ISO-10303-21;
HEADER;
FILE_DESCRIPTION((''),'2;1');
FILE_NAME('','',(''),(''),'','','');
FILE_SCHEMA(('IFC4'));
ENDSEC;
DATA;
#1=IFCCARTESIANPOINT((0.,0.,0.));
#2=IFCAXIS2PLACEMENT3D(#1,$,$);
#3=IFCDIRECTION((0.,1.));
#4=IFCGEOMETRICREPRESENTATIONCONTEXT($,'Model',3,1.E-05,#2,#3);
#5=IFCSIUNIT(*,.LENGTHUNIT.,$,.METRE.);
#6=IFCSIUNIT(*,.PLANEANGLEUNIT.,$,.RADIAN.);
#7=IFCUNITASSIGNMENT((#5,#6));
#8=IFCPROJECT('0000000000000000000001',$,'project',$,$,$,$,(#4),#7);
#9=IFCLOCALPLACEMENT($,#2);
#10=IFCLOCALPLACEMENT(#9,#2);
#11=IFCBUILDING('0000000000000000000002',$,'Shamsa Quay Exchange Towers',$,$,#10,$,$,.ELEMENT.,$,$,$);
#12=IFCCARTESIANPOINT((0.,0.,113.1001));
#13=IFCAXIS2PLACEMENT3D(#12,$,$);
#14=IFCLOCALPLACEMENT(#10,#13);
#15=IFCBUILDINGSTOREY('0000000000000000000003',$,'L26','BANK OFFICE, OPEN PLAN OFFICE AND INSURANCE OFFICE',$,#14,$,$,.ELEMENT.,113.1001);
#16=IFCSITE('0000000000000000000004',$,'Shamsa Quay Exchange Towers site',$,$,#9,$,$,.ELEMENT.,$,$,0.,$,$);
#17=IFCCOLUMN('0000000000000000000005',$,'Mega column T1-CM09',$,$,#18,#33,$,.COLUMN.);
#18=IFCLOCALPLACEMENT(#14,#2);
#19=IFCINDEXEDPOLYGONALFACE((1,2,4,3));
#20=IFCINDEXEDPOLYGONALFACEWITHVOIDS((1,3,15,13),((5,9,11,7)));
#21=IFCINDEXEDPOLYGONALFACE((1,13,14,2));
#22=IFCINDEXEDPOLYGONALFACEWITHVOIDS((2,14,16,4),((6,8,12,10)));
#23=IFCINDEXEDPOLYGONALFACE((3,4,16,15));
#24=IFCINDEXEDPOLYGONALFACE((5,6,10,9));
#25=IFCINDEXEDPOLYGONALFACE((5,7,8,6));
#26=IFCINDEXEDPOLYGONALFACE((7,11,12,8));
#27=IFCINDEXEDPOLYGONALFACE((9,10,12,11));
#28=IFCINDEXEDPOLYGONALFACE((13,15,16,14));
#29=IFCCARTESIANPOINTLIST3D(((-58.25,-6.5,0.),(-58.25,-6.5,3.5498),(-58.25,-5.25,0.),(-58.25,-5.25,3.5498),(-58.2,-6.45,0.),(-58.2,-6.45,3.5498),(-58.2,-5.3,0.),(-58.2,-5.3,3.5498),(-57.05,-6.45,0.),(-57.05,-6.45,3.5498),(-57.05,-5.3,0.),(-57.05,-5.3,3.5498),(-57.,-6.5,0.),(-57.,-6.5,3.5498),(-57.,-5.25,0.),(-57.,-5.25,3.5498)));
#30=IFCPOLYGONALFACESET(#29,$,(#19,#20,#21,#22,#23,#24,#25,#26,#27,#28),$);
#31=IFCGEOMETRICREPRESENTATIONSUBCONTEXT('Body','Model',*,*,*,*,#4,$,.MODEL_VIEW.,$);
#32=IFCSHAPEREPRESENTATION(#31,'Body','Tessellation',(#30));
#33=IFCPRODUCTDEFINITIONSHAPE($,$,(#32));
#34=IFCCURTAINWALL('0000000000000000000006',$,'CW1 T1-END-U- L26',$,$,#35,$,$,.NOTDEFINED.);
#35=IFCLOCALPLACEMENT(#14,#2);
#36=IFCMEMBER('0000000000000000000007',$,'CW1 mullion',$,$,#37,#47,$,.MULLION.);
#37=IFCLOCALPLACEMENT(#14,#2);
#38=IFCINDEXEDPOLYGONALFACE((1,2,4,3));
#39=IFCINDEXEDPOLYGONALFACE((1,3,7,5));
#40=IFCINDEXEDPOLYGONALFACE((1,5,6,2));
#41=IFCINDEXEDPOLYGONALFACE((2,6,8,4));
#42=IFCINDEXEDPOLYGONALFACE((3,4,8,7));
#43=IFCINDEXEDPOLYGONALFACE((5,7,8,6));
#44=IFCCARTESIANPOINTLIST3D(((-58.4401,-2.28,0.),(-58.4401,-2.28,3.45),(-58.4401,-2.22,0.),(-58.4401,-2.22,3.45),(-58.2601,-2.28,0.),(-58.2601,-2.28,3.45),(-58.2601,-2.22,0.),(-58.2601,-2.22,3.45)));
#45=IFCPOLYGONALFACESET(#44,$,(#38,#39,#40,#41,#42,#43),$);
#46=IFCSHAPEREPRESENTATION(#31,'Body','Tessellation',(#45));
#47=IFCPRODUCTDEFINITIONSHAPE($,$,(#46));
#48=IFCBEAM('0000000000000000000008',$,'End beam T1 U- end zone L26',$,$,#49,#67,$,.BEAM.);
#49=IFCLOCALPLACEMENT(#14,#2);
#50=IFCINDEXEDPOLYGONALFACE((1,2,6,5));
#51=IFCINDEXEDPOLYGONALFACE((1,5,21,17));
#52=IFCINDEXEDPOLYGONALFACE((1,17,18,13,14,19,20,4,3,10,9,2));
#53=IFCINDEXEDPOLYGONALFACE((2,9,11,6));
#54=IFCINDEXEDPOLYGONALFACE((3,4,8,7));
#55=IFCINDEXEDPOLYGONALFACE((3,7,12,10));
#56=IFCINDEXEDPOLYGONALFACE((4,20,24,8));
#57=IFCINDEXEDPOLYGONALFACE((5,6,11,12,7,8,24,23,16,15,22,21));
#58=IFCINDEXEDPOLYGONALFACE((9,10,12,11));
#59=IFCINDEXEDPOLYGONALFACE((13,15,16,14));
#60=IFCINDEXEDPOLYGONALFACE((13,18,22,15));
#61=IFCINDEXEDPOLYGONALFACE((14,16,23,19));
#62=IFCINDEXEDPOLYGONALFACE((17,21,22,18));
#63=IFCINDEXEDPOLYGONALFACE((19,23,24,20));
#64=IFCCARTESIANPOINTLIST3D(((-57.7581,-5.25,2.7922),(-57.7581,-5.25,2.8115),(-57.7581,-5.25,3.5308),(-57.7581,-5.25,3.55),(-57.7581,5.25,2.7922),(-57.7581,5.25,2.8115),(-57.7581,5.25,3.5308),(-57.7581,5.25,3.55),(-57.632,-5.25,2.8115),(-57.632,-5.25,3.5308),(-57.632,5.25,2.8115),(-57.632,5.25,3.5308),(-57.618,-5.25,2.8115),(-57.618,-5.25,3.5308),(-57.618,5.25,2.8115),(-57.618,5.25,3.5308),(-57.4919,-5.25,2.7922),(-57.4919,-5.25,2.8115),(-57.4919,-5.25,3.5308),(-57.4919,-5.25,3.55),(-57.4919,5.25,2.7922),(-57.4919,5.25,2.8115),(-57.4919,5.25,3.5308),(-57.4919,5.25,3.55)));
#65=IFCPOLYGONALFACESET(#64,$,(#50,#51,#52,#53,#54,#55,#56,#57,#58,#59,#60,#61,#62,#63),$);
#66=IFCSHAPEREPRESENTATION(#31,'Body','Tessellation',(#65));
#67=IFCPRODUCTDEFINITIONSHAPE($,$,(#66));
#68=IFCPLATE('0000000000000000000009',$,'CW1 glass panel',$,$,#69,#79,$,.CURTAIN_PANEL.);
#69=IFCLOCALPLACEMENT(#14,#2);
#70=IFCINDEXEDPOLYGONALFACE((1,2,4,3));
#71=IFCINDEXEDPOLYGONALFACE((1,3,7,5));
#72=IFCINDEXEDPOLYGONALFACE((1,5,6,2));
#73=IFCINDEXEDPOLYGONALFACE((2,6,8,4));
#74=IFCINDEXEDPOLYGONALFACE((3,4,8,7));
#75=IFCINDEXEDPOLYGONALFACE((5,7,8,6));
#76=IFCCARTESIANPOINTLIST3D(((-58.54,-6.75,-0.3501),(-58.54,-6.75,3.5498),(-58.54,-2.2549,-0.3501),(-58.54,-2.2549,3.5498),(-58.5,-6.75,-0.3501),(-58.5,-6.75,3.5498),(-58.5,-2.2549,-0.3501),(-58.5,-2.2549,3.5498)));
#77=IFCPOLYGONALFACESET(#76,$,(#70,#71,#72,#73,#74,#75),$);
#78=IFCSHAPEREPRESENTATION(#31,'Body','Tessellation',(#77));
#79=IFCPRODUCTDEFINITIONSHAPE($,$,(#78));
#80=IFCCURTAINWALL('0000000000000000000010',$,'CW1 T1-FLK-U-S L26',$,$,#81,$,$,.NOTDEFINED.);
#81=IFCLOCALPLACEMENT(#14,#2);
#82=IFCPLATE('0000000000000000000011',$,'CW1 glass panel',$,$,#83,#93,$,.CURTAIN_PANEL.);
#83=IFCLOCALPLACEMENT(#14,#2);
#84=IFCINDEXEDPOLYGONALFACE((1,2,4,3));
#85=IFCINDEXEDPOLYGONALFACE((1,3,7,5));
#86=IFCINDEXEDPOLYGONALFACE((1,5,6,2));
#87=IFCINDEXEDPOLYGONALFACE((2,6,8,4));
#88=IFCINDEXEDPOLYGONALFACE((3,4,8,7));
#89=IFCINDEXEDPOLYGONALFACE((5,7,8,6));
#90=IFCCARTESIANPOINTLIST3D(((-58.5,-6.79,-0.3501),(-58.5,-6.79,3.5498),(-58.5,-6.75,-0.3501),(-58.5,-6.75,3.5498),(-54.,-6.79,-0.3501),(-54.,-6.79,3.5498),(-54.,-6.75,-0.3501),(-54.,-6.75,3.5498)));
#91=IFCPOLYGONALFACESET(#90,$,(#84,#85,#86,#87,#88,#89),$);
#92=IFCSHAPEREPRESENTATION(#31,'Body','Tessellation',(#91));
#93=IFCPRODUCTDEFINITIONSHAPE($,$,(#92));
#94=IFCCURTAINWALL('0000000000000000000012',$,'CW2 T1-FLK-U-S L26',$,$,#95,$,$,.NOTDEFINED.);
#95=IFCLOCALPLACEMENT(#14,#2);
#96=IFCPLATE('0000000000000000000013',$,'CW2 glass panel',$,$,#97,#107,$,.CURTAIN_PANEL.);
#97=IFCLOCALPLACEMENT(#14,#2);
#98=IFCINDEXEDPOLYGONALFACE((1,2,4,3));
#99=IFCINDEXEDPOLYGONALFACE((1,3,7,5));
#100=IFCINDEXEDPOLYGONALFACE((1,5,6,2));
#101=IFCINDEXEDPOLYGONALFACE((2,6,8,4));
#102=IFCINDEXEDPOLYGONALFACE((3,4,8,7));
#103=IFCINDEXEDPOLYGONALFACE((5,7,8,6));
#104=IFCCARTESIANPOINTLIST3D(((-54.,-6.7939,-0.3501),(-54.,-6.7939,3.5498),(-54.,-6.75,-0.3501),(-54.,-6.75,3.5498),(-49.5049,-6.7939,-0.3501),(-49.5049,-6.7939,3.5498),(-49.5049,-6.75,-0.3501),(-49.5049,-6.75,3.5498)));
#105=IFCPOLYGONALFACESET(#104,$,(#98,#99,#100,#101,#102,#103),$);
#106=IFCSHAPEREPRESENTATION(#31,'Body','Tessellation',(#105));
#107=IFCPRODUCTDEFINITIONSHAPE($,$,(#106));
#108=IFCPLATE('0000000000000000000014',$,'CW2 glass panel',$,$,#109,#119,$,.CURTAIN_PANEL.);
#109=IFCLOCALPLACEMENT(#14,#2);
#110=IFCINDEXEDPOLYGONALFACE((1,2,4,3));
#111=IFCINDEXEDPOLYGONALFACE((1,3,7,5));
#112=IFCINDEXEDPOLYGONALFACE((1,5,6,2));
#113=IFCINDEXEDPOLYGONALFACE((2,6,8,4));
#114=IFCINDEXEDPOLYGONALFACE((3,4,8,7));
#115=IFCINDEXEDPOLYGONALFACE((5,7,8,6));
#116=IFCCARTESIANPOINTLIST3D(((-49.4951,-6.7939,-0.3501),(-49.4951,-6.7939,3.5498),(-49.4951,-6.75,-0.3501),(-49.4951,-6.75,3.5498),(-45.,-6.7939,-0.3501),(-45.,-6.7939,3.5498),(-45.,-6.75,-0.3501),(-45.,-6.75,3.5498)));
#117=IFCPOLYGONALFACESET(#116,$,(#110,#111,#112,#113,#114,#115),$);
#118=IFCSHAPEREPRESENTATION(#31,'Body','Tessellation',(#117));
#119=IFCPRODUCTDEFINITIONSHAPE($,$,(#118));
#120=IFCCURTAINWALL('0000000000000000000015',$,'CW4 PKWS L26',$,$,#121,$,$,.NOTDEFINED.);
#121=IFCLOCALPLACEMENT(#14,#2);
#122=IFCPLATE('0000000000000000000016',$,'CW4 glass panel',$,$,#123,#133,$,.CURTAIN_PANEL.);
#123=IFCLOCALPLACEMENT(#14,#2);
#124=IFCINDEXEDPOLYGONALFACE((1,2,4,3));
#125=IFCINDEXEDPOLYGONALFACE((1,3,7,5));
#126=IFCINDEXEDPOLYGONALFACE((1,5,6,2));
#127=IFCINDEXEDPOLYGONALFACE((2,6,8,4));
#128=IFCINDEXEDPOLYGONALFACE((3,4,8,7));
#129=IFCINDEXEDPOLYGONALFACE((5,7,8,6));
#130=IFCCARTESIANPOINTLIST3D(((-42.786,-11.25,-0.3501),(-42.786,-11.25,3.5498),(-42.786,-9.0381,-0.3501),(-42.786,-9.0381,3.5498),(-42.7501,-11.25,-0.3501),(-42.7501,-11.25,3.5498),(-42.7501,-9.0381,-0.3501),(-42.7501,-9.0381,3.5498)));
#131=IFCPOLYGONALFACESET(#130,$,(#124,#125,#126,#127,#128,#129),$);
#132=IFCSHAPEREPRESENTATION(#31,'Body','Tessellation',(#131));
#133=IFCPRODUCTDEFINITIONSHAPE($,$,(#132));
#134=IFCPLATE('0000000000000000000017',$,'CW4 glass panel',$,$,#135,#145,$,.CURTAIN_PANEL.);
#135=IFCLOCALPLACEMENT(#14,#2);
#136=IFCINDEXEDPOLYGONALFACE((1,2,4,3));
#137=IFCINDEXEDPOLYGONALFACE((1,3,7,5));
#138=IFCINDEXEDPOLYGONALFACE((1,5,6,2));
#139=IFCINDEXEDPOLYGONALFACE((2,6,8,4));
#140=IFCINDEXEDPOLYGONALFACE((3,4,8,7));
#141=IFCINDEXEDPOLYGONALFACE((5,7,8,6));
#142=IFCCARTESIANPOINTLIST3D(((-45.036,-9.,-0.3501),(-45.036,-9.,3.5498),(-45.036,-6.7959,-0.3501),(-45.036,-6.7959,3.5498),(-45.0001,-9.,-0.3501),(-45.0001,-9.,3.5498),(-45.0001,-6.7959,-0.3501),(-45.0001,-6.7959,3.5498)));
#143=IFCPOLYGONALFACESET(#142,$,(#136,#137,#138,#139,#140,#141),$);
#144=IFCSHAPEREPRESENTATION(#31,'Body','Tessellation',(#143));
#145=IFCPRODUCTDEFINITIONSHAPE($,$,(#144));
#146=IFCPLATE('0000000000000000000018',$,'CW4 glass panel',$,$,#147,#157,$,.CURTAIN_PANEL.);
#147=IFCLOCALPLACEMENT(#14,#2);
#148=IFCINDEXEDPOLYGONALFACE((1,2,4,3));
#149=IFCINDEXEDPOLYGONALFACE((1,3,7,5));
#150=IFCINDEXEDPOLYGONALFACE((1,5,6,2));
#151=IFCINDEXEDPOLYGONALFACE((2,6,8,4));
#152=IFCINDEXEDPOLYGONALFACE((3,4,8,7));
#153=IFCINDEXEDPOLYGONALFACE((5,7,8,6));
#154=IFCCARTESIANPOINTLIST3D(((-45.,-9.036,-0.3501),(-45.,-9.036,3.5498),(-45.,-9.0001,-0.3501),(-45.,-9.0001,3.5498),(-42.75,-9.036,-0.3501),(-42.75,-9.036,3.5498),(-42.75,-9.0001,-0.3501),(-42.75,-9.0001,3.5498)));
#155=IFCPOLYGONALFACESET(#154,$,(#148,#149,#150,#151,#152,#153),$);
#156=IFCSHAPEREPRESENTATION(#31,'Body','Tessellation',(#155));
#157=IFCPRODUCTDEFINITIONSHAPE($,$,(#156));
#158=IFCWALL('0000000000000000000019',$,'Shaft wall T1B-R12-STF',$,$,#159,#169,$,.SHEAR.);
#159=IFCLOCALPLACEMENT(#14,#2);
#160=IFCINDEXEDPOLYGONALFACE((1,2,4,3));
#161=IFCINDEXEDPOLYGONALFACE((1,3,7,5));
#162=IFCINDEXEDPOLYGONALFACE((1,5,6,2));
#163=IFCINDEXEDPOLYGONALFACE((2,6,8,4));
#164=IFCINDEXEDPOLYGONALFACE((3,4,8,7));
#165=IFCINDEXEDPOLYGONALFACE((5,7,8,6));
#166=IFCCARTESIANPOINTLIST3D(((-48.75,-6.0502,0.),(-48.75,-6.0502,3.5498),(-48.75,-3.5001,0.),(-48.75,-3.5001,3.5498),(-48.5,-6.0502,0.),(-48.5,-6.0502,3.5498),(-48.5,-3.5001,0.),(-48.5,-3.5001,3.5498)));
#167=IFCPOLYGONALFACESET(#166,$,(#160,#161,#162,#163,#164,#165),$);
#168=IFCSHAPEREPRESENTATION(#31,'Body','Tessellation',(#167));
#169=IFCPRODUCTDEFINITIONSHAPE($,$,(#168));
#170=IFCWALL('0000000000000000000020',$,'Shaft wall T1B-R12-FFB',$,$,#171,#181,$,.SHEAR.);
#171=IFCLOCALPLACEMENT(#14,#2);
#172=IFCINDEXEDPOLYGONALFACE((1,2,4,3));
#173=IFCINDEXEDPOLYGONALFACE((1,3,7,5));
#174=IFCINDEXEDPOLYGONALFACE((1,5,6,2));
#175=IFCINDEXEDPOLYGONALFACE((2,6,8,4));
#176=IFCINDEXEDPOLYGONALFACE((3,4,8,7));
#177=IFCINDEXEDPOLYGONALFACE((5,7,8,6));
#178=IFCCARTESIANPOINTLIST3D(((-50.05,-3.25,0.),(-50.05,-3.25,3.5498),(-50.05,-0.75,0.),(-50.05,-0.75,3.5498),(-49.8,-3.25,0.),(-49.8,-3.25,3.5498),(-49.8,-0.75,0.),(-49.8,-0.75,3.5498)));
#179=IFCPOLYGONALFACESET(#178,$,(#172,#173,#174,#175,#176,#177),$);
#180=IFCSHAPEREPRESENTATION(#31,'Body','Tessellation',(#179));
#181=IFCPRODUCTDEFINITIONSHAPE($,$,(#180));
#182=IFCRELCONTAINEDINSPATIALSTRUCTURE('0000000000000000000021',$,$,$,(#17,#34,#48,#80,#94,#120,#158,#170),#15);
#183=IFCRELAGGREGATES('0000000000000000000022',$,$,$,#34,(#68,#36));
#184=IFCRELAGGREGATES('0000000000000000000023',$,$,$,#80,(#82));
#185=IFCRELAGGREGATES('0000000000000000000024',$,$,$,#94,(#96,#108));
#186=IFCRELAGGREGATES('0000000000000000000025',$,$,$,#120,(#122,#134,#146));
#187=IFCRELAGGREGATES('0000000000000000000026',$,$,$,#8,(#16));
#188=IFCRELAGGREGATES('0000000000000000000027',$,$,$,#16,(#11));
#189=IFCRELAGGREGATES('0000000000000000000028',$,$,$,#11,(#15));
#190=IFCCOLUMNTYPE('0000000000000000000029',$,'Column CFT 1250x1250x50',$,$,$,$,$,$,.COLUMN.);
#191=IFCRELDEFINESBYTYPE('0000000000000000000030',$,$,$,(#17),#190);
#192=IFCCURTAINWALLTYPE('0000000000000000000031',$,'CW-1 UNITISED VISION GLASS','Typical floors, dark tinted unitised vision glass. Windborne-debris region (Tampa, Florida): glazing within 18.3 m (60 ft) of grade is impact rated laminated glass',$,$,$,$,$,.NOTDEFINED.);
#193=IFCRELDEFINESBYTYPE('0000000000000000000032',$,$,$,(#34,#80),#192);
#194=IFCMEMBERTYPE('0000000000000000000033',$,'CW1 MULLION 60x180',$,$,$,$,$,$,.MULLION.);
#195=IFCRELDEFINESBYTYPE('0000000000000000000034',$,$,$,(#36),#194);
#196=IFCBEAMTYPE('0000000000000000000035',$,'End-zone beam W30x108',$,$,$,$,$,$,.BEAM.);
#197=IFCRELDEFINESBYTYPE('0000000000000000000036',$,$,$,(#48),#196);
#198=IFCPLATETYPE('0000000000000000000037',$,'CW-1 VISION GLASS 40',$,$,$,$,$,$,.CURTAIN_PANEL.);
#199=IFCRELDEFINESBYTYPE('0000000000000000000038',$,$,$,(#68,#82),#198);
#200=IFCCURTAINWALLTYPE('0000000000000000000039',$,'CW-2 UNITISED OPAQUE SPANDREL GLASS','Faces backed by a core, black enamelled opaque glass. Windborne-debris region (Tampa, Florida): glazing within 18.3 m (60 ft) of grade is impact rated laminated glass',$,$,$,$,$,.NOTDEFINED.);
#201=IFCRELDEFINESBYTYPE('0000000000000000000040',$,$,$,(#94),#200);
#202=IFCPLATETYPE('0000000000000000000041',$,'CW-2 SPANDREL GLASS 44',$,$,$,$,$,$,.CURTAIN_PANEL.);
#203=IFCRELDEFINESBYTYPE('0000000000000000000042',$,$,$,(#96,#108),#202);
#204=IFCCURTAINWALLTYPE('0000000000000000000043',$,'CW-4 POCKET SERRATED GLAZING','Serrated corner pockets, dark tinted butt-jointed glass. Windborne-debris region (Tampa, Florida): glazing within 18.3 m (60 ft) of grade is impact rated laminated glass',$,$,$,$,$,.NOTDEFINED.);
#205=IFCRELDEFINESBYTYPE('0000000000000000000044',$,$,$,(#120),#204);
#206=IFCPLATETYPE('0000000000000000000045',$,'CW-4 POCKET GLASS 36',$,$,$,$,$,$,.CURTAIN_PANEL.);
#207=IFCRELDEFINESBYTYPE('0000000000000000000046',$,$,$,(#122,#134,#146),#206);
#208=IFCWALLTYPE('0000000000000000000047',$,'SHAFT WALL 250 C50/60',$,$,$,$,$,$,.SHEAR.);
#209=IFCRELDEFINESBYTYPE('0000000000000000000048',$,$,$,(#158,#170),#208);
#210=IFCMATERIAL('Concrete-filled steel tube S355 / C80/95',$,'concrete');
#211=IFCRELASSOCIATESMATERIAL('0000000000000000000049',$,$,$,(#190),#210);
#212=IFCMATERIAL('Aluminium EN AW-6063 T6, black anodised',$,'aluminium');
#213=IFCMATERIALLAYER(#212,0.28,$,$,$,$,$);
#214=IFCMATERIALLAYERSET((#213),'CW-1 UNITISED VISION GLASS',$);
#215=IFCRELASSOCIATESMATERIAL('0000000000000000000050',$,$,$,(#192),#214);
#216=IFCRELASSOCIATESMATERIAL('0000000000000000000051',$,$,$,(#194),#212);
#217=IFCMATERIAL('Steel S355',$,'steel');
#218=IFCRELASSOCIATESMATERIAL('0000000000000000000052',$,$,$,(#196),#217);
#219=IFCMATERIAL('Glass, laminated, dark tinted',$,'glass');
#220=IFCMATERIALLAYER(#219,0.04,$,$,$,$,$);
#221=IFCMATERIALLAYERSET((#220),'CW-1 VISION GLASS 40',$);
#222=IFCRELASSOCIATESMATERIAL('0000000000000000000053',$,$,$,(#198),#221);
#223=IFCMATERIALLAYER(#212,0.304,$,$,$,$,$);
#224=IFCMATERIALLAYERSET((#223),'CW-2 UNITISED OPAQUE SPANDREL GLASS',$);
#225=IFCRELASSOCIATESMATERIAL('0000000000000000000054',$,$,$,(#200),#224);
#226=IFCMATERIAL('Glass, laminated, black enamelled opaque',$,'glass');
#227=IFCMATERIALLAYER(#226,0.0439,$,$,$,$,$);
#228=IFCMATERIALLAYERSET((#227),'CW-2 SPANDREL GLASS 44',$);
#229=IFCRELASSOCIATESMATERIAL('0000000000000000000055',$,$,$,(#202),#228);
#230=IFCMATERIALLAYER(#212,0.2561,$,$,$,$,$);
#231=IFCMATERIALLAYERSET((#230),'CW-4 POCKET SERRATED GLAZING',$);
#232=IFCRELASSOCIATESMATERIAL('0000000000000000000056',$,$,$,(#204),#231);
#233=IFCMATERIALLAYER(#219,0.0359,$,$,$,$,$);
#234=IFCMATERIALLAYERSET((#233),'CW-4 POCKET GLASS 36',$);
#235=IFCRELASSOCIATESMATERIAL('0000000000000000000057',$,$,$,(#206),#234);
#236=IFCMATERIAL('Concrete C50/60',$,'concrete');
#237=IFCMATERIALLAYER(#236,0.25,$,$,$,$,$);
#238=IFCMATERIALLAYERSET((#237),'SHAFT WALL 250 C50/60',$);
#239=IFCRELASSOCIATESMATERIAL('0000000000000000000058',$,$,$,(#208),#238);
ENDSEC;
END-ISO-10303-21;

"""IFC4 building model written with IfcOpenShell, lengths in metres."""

from ifc_helpers import new_model, si_unit, direction, frame, frame_2d, origin, origin_2d, place, context, subcontext, project, spatial, rectangle, hollow_rectangle, i_section, extrude, material, layer, layer_set, material_profile, profile_set, type_object, element, aggregate, save


model = new_model("IFC4")

# Units and contexts
model_context = context("Model", 3, precision=1e-05, world=origin(), true_north=direction((0.0, 1.0)))
body_context = subcontext(model_context, "Body", "Model", "MODEL_VIEW")
ifc_project = project(units=[si_unit("LENGTHUNIT", "METRE"), si_unit("PLANEANGLEUNIT", "RADIAN")], contexts=[model_context])

# Site, building, storey
site_placement = place(None, origin())
site = spatial("IfcSite", under=ifc_project, at=site_placement, Name="Shamsa Quay Exchange Towers site", CompositionType="ELEMENT", RefElevation=0.0)
building_placement = place(site_placement, origin())
building = spatial("IfcBuilding", under=site, at=building_placement, Name="Shamsa Quay Exchange Towers", CompositionType="ELEMENT")
storey_placement = place(building_placement, frame((0.0, 0.0, 113.1001)))
storey = spatial("IfcBuildingStorey", under=building, at=storey_placement, Name="L26", Description="BANK OFFICE, OPEN PLAN OFFICE AND INSURANCE OFFICE", CompositionType="ELEMENT", Elevation=113.1001)

# Column
ifc_material_1 = material(Name="Concrete-filled steel tube S355 / C80/95", Category="concrete")
ifc_material_profile_1 = material_profile(ifc_material_1, hollow_rectangle(XDim=1.25, YDim=1.25, WallThickness=0.05, at=origin_2d()), Name="CFT 1250x1250x50")
ifc_profile_set_1 = profile_set([ifc_material_profile_1], Name="Concrete-filled steel tube S355 / C80/95")
column_type = type_object("IfcColumnType", Name="Column CFT 1250x1250x50", PredefinedType="COLUMN", material=ifc_profile_set_1)
column_placement = place(storey_placement, frame((-57.625, -5.875, 0.0)))
element("IfcColumn", 1, at=column_placement, inside=storey, type_object=column_type, Name="Mega column T1-CM09", PredefinedType="COLUMN", context=body_context, shape_type="SweptSolid", body=[
    extrude(hollow_rectangle(XDim=1.25, YDim=1.25, WallThickness=0.05, at=origin_2d()), origin(), (0.0, 0.0, 1.0), 3.5498),
])

# Curtain wall, member
ifc_material_2 = material(Name="Aluminium EN AW-6063 T6, black anodised", Category="aluminium")
ifc_layer_1 = layer(ifc_material_2, 0.28)
ifc_layer_set_1 = layer_set([ifc_layer_1], Name="CW-1 UNITISED VISION GLASS")
curtain_wall_type_1 = type_object("IfcCurtainWallType", Name="CW-1 UNITISED VISION GLASS", Description="Typical floors, dark tinted unitised vision glass. Windborne-debris region (Tampa, Florida): glazing within 18.3 m (60 ft) of grade is impact rated laminated glass", PredefinedType="NOTDEFINED", material=ifc_layer_set_1)
curtain_wall_1_placement = place(storey_placement, origin())
curtain_wall_1 = element("IfcCurtainWall", 2, at=curtain_wall_1_placement, inside=storey, type_object=curtain_wall_type_1, Name="CW1 T1-END-U- L26", PredefinedType="NOTDEFINED")
ifc_material_profile_2 = material_profile(ifc_material_2, rectangle(XDim=0.1799, YDim=0.0601, at=origin_2d()), Name="MU60x180")
ifc_profile_set_2 = profile_set([ifc_material_profile_2], Name="Aluminium EN AW-6063 T6, black anodised")
member_type = type_object("IfcMemberType", Name="CW1 MULLION 60x180", PredefinedType="MULLION", material=ifc_profile_set_2)
member_placement = place(storey_placement, frame((-58.3501, -2.25, 0.0)))
member = element("IfcMember", 3, at=member_placement, type_object=member_type, Name="CW1 mullion", PredefinedType="MULLION", context=body_context, shape_type="SweptSolid", body=[
    extrude(rectangle(XDim=0.1799, YDim=0.0601, at=origin_2d()), origin(), (0.0, 0.0, 1.0), 3.45),
])

# Beam
ifc_material_3 = material(Name="Steel S355", Category="steel")
ifc_material_profile_3 = material_profile(ifc_material_3, i_section(OverallWidth=0.2661, OverallDepth=0.7578, WebThickness=0.0139, FlangeThickness=0.0193, at=origin_2d()), Name="W30x108")
ifc_profile_set_3 = profile_set([ifc_material_profile_3], Name="Steel S355")
beam_type = type_object("IfcBeamType", Name="End-zone beam W30x108", PredefinedType="BEAM", material=ifc_profile_set_3)
beam_placement = place(storey_placement, frame((-57.625, -5.25, 3.1711), z_axis=(0.0, 1.0, 0.0), x_axis=(-1.0, 0.0, 0.0)))
element("IfcBeam", 4, at=beam_placement, inside=storey, type_object=beam_type, Name="End beam T1 U- end zone L26", PredefinedType="BEAM", context=body_context, shape_type="SweptSolid", body=[
    extrude(i_section(OverallWidth=0.2661, OverallDepth=0.7578, WebThickness=0.0139, FlangeThickness=0.0193, at=origin_2d()), origin(), (0.0, 0.0, 1.0), 10.5),
])

# Plate
ifc_material_4 = material(Name="Glass, laminated, dark tinted", Category="glass")
ifc_layer_2 = layer(ifc_material_4, 0.04)
ifc_layer_set_2 = layer_set([ifc_layer_2], Name="CW-1 VISION GLASS 40")
plate_type_1 = type_object("IfcPlateType", Name="CW-1 VISION GLASS 40", PredefinedType="CURTAIN_PANEL", material=ifc_layer_set_2)
plate_1_placement = place(storey_placement, frame((-58.52, -4.5024, -0.3501), z_axis=(0.0, 0.0, 1.0), x_axis=(0.0, -1.0, 0.0)))
plate_1 = element("IfcPlate", 5, at=plate_1_placement, type_object=plate_type_1, Name="CW1 glass panel", PredefinedType="CURTAIN_PANEL", context=body_context, shape_type="SweptSolid", body=[
    extrude(rectangle(XDim=4.4951, YDim=0.04, at=origin_2d()), origin(), (0.0, 0.0, 1.0), 3.8999),
])
aggregate(curtain_wall_1, [plate_1, member])

# Curtain wall, plate
curtain_wall_2_placement = place(storey_placement, origin())
curtain_wall_2 = element("IfcCurtainWall", 6, at=curtain_wall_2_placement, inside=storey, type_object=curtain_wall_type_1, Name="CW1 T1-FLK-U-S L26", PredefinedType="NOTDEFINED")
plate_2_placement = place(storey_placement, frame((-56.25, -6.77, -0.3501)))
plate_2 = element("IfcPlate", 7, at=plate_2_placement, type_object=plate_type_1, Name="CW1 glass panel", PredefinedType="CURTAIN_PANEL", context=body_context, shape_type="SweptSolid", body=[
    extrude(rectangle(XDim=4.5, YDim=0.04, at=origin_2d()), origin(), (0.0, 0.0, 1.0), 3.8999),
])
aggregate(curtain_wall_2, [plate_2])

# Curtain walls, plates
ifc_layer_3 = layer(ifc_material_2, 0.304)
ifc_layer_set_3 = layer_set([ifc_layer_3], Name="CW-2 UNITISED OPAQUE SPANDREL GLASS")
curtain_wall_type_2 = type_object("IfcCurtainWallType", Name="CW-2 UNITISED OPAQUE SPANDREL GLASS", Description="Faces backed by a core, black enamelled opaque glass. Windborne-debris region (Tampa, Florida): glazing within 18.3 m (60 ft) of grade is impact rated laminated glass", PredefinedType="NOTDEFINED", material=ifc_layer_set_3)
curtain_wall_3_placement = place(storey_placement, origin())
curtain_wall_3 = element("IfcCurtainWall", 8, at=curtain_wall_3_placement, inside=storey, type_object=curtain_wall_type_2, Name="CW2 T1-FLK-U-S L26", PredefinedType="NOTDEFINED")
ifc_material_5 = material(Name="Glass, laminated, black enamelled opaque", Category="glass")
ifc_layer_4 = layer(ifc_material_5, 0.0439)
ifc_layer_set_4 = layer_set([ifc_layer_4], Name="CW-2 SPANDREL GLASS 44")
plate_type_2 = type_object("IfcPlateType", Name="CW-2 SPANDREL GLASS 44", PredefinedType="CURTAIN_PANEL", material=ifc_layer_set_4)
plate_3_placement = place(storey_placement, frame((-51.7524, -6.772, -0.3501)))
plate_3 = element("IfcPlate", 9, at=plate_3_placement, type_object=plate_type_2, Name="CW2 glass panel", PredefinedType="CURTAIN_PANEL", context=body_context, shape_type="SweptSolid", body=[
    extrude(rectangle(XDim=4.4951, YDim=0.0439, at=origin_2d()), origin(), (0.0, 0.0, 1.0), 3.8999),
])
plate_4_placement = place(storey_placement, frame((-47.2476, -6.772, -0.3501)))
plate_4 = element("IfcPlate", 10, at=plate_4_placement, type_object=plate_type_2, Name="CW2 glass panel", PredefinedType="CURTAIN_PANEL", context=body_context, shape_type="SweptSolid", body=[
    extrude(rectangle(XDim=4.4951, YDim=0.0439, at=origin_2d()), origin(), (0.0, 0.0, 1.0), 3.8999),
])
aggregate(curtain_wall_3, [plate_3, plate_4])
ifc_layer_5 = layer(ifc_material_2, 0.2561)
ifc_layer_set_5 = layer_set([ifc_layer_5], Name="CW-4 POCKET SERRATED GLAZING")
curtain_wall_type_3 = type_object("IfcCurtainWallType", Name="CW-4 POCKET SERRATED GLAZING", Description="Serrated corner pockets, dark tinted butt-jointed glass. Windborne-debris region (Tampa, Florida): glazing within 18.3 m (60 ft) of grade is impact rated laminated glass", PredefinedType="NOTDEFINED", material=ifc_layer_set_5)
curtain_wall_4_placement = place(storey_placement, origin())
curtain_wall_4 = element("IfcCurtainWall", 11, at=curtain_wall_4_placement, inside=storey, type_object=curtain_wall_type_3, Name="CW4 PKWS L26", PredefinedType="NOTDEFINED")
ifc_layer_6 = layer(ifc_material_4, 0.0359)
ifc_layer_set_6 = layer_set([ifc_layer_6], Name="CW-4 POCKET GLASS 36")
plate_type_3 = type_object("IfcPlateType", Name="CW-4 POCKET GLASS 36", PredefinedType="CURTAIN_PANEL", material=ifc_layer_set_6)
plate_5_placement = place(storey_placement, frame((-42.7681, -10.144, -0.3501), z_axis=(0.0, 0.0, 1.0), x_axis=(0.0, -1.0, 0.0)))
plate_5 = element("IfcPlate", 12, at=plate_5_placement, type_object=plate_type_3, Name="CW4 glass panel", PredefinedType="CURTAIN_PANEL", context=body_context, shape_type="SweptSolid", body=[
    extrude(rectangle(XDim=2.2119, YDim=0.0359, at=origin_2d()), origin(), (0.0, 0.0, 1.0), 3.8999),
])
plate_6_placement = place(storey_placement, frame((-45.0181, -7.8979, -0.3501), z_axis=(0.0, 0.0, 1.0), x_axis=(0.0, -1.0, 0.0)))
plate_6 = element("IfcPlate", 13, at=plate_6_placement, type_object=plate_type_3, Name="CW4 glass panel", PredefinedType="CURTAIN_PANEL", context=body_context, shape_type="SweptSolid", body=[
    extrude(rectangle(XDim=2.2041, YDim=0.0359, at=origin_2d()), origin(), (0.0, 0.0, 1.0), 3.8999),
])
plate_7_placement = place(storey_placement, frame((-43.875, -9.0181, -0.3501)))
plate_7 = element("IfcPlate", 14, at=plate_7_placement, type_object=plate_type_3, Name="CW4 glass panel", PredefinedType="CURTAIN_PANEL", context=body_context, shape_type="SweptSolid", body=[
    extrude(rectangle(XDim=2.25, YDim=0.0359, at=origin_2d()), origin(), (0.0, 0.0, 1.0), 3.8999),
])
aggregate(curtain_wall_4, [plate_5, plate_6, plate_7])

# Wall
ifc_material_6 = material(Name="Concrete C50/60", Category="concrete")
ifc_layer_7 = layer(ifc_material_6, 0.25)
ifc_layer_set_7 = layer_set([ifc_layer_7], Name="SHAFT WALL 250 C50/60")
wall_type_1 = type_object("IfcWallType", Name="SHAFT WALL 250 C50/60", PredefinedType="SHEAR", material=ifc_layer_set_7)
wall_1_placement = place(storey_placement, frame((-48.625, -6.05, 0.0), z_axis=(0.0, 0.0, 1.0), x_axis=(0.0, 1.0, 0.0)))
element("IfcWall", 15, at=wall_1_placement, inside=storey, type_object=wall_type_1, Name="Shaft wall T1B-R12-STF", PredefinedType="SHEAR", context=body_context, shape_type="SweptSolid", body=[
    extrude(rectangle(XDim=2.55, YDim=0.25, at=frame_2d((1.2749, 0.0))), origin(), (0.0, 0.0, 1.0), 3.5498),
])

# Wall
wall_2_placement = place(storey_placement, frame((-49.925, -3.25, 0.0), z_axis=(0.0, 0.0, 1.0), x_axis=(0.0, 1.0, 0.0)))
element("IfcWall", 16, at=wall_2_placement, inside=storey, type_object=wall_type_1, Name="Shaft wall T1B-R12-FFB", PredefinedType="SHEAR", context=body_context, shape_type="SweptSolid", body=[
    extrude(rectangle(XDim=2.5, YDim=0.25, at=frame_2d((1.25, 0.0))), origin(), (0.0, 0.0, 1.0), 3.5498),
])

save(model, "model.ifc")
